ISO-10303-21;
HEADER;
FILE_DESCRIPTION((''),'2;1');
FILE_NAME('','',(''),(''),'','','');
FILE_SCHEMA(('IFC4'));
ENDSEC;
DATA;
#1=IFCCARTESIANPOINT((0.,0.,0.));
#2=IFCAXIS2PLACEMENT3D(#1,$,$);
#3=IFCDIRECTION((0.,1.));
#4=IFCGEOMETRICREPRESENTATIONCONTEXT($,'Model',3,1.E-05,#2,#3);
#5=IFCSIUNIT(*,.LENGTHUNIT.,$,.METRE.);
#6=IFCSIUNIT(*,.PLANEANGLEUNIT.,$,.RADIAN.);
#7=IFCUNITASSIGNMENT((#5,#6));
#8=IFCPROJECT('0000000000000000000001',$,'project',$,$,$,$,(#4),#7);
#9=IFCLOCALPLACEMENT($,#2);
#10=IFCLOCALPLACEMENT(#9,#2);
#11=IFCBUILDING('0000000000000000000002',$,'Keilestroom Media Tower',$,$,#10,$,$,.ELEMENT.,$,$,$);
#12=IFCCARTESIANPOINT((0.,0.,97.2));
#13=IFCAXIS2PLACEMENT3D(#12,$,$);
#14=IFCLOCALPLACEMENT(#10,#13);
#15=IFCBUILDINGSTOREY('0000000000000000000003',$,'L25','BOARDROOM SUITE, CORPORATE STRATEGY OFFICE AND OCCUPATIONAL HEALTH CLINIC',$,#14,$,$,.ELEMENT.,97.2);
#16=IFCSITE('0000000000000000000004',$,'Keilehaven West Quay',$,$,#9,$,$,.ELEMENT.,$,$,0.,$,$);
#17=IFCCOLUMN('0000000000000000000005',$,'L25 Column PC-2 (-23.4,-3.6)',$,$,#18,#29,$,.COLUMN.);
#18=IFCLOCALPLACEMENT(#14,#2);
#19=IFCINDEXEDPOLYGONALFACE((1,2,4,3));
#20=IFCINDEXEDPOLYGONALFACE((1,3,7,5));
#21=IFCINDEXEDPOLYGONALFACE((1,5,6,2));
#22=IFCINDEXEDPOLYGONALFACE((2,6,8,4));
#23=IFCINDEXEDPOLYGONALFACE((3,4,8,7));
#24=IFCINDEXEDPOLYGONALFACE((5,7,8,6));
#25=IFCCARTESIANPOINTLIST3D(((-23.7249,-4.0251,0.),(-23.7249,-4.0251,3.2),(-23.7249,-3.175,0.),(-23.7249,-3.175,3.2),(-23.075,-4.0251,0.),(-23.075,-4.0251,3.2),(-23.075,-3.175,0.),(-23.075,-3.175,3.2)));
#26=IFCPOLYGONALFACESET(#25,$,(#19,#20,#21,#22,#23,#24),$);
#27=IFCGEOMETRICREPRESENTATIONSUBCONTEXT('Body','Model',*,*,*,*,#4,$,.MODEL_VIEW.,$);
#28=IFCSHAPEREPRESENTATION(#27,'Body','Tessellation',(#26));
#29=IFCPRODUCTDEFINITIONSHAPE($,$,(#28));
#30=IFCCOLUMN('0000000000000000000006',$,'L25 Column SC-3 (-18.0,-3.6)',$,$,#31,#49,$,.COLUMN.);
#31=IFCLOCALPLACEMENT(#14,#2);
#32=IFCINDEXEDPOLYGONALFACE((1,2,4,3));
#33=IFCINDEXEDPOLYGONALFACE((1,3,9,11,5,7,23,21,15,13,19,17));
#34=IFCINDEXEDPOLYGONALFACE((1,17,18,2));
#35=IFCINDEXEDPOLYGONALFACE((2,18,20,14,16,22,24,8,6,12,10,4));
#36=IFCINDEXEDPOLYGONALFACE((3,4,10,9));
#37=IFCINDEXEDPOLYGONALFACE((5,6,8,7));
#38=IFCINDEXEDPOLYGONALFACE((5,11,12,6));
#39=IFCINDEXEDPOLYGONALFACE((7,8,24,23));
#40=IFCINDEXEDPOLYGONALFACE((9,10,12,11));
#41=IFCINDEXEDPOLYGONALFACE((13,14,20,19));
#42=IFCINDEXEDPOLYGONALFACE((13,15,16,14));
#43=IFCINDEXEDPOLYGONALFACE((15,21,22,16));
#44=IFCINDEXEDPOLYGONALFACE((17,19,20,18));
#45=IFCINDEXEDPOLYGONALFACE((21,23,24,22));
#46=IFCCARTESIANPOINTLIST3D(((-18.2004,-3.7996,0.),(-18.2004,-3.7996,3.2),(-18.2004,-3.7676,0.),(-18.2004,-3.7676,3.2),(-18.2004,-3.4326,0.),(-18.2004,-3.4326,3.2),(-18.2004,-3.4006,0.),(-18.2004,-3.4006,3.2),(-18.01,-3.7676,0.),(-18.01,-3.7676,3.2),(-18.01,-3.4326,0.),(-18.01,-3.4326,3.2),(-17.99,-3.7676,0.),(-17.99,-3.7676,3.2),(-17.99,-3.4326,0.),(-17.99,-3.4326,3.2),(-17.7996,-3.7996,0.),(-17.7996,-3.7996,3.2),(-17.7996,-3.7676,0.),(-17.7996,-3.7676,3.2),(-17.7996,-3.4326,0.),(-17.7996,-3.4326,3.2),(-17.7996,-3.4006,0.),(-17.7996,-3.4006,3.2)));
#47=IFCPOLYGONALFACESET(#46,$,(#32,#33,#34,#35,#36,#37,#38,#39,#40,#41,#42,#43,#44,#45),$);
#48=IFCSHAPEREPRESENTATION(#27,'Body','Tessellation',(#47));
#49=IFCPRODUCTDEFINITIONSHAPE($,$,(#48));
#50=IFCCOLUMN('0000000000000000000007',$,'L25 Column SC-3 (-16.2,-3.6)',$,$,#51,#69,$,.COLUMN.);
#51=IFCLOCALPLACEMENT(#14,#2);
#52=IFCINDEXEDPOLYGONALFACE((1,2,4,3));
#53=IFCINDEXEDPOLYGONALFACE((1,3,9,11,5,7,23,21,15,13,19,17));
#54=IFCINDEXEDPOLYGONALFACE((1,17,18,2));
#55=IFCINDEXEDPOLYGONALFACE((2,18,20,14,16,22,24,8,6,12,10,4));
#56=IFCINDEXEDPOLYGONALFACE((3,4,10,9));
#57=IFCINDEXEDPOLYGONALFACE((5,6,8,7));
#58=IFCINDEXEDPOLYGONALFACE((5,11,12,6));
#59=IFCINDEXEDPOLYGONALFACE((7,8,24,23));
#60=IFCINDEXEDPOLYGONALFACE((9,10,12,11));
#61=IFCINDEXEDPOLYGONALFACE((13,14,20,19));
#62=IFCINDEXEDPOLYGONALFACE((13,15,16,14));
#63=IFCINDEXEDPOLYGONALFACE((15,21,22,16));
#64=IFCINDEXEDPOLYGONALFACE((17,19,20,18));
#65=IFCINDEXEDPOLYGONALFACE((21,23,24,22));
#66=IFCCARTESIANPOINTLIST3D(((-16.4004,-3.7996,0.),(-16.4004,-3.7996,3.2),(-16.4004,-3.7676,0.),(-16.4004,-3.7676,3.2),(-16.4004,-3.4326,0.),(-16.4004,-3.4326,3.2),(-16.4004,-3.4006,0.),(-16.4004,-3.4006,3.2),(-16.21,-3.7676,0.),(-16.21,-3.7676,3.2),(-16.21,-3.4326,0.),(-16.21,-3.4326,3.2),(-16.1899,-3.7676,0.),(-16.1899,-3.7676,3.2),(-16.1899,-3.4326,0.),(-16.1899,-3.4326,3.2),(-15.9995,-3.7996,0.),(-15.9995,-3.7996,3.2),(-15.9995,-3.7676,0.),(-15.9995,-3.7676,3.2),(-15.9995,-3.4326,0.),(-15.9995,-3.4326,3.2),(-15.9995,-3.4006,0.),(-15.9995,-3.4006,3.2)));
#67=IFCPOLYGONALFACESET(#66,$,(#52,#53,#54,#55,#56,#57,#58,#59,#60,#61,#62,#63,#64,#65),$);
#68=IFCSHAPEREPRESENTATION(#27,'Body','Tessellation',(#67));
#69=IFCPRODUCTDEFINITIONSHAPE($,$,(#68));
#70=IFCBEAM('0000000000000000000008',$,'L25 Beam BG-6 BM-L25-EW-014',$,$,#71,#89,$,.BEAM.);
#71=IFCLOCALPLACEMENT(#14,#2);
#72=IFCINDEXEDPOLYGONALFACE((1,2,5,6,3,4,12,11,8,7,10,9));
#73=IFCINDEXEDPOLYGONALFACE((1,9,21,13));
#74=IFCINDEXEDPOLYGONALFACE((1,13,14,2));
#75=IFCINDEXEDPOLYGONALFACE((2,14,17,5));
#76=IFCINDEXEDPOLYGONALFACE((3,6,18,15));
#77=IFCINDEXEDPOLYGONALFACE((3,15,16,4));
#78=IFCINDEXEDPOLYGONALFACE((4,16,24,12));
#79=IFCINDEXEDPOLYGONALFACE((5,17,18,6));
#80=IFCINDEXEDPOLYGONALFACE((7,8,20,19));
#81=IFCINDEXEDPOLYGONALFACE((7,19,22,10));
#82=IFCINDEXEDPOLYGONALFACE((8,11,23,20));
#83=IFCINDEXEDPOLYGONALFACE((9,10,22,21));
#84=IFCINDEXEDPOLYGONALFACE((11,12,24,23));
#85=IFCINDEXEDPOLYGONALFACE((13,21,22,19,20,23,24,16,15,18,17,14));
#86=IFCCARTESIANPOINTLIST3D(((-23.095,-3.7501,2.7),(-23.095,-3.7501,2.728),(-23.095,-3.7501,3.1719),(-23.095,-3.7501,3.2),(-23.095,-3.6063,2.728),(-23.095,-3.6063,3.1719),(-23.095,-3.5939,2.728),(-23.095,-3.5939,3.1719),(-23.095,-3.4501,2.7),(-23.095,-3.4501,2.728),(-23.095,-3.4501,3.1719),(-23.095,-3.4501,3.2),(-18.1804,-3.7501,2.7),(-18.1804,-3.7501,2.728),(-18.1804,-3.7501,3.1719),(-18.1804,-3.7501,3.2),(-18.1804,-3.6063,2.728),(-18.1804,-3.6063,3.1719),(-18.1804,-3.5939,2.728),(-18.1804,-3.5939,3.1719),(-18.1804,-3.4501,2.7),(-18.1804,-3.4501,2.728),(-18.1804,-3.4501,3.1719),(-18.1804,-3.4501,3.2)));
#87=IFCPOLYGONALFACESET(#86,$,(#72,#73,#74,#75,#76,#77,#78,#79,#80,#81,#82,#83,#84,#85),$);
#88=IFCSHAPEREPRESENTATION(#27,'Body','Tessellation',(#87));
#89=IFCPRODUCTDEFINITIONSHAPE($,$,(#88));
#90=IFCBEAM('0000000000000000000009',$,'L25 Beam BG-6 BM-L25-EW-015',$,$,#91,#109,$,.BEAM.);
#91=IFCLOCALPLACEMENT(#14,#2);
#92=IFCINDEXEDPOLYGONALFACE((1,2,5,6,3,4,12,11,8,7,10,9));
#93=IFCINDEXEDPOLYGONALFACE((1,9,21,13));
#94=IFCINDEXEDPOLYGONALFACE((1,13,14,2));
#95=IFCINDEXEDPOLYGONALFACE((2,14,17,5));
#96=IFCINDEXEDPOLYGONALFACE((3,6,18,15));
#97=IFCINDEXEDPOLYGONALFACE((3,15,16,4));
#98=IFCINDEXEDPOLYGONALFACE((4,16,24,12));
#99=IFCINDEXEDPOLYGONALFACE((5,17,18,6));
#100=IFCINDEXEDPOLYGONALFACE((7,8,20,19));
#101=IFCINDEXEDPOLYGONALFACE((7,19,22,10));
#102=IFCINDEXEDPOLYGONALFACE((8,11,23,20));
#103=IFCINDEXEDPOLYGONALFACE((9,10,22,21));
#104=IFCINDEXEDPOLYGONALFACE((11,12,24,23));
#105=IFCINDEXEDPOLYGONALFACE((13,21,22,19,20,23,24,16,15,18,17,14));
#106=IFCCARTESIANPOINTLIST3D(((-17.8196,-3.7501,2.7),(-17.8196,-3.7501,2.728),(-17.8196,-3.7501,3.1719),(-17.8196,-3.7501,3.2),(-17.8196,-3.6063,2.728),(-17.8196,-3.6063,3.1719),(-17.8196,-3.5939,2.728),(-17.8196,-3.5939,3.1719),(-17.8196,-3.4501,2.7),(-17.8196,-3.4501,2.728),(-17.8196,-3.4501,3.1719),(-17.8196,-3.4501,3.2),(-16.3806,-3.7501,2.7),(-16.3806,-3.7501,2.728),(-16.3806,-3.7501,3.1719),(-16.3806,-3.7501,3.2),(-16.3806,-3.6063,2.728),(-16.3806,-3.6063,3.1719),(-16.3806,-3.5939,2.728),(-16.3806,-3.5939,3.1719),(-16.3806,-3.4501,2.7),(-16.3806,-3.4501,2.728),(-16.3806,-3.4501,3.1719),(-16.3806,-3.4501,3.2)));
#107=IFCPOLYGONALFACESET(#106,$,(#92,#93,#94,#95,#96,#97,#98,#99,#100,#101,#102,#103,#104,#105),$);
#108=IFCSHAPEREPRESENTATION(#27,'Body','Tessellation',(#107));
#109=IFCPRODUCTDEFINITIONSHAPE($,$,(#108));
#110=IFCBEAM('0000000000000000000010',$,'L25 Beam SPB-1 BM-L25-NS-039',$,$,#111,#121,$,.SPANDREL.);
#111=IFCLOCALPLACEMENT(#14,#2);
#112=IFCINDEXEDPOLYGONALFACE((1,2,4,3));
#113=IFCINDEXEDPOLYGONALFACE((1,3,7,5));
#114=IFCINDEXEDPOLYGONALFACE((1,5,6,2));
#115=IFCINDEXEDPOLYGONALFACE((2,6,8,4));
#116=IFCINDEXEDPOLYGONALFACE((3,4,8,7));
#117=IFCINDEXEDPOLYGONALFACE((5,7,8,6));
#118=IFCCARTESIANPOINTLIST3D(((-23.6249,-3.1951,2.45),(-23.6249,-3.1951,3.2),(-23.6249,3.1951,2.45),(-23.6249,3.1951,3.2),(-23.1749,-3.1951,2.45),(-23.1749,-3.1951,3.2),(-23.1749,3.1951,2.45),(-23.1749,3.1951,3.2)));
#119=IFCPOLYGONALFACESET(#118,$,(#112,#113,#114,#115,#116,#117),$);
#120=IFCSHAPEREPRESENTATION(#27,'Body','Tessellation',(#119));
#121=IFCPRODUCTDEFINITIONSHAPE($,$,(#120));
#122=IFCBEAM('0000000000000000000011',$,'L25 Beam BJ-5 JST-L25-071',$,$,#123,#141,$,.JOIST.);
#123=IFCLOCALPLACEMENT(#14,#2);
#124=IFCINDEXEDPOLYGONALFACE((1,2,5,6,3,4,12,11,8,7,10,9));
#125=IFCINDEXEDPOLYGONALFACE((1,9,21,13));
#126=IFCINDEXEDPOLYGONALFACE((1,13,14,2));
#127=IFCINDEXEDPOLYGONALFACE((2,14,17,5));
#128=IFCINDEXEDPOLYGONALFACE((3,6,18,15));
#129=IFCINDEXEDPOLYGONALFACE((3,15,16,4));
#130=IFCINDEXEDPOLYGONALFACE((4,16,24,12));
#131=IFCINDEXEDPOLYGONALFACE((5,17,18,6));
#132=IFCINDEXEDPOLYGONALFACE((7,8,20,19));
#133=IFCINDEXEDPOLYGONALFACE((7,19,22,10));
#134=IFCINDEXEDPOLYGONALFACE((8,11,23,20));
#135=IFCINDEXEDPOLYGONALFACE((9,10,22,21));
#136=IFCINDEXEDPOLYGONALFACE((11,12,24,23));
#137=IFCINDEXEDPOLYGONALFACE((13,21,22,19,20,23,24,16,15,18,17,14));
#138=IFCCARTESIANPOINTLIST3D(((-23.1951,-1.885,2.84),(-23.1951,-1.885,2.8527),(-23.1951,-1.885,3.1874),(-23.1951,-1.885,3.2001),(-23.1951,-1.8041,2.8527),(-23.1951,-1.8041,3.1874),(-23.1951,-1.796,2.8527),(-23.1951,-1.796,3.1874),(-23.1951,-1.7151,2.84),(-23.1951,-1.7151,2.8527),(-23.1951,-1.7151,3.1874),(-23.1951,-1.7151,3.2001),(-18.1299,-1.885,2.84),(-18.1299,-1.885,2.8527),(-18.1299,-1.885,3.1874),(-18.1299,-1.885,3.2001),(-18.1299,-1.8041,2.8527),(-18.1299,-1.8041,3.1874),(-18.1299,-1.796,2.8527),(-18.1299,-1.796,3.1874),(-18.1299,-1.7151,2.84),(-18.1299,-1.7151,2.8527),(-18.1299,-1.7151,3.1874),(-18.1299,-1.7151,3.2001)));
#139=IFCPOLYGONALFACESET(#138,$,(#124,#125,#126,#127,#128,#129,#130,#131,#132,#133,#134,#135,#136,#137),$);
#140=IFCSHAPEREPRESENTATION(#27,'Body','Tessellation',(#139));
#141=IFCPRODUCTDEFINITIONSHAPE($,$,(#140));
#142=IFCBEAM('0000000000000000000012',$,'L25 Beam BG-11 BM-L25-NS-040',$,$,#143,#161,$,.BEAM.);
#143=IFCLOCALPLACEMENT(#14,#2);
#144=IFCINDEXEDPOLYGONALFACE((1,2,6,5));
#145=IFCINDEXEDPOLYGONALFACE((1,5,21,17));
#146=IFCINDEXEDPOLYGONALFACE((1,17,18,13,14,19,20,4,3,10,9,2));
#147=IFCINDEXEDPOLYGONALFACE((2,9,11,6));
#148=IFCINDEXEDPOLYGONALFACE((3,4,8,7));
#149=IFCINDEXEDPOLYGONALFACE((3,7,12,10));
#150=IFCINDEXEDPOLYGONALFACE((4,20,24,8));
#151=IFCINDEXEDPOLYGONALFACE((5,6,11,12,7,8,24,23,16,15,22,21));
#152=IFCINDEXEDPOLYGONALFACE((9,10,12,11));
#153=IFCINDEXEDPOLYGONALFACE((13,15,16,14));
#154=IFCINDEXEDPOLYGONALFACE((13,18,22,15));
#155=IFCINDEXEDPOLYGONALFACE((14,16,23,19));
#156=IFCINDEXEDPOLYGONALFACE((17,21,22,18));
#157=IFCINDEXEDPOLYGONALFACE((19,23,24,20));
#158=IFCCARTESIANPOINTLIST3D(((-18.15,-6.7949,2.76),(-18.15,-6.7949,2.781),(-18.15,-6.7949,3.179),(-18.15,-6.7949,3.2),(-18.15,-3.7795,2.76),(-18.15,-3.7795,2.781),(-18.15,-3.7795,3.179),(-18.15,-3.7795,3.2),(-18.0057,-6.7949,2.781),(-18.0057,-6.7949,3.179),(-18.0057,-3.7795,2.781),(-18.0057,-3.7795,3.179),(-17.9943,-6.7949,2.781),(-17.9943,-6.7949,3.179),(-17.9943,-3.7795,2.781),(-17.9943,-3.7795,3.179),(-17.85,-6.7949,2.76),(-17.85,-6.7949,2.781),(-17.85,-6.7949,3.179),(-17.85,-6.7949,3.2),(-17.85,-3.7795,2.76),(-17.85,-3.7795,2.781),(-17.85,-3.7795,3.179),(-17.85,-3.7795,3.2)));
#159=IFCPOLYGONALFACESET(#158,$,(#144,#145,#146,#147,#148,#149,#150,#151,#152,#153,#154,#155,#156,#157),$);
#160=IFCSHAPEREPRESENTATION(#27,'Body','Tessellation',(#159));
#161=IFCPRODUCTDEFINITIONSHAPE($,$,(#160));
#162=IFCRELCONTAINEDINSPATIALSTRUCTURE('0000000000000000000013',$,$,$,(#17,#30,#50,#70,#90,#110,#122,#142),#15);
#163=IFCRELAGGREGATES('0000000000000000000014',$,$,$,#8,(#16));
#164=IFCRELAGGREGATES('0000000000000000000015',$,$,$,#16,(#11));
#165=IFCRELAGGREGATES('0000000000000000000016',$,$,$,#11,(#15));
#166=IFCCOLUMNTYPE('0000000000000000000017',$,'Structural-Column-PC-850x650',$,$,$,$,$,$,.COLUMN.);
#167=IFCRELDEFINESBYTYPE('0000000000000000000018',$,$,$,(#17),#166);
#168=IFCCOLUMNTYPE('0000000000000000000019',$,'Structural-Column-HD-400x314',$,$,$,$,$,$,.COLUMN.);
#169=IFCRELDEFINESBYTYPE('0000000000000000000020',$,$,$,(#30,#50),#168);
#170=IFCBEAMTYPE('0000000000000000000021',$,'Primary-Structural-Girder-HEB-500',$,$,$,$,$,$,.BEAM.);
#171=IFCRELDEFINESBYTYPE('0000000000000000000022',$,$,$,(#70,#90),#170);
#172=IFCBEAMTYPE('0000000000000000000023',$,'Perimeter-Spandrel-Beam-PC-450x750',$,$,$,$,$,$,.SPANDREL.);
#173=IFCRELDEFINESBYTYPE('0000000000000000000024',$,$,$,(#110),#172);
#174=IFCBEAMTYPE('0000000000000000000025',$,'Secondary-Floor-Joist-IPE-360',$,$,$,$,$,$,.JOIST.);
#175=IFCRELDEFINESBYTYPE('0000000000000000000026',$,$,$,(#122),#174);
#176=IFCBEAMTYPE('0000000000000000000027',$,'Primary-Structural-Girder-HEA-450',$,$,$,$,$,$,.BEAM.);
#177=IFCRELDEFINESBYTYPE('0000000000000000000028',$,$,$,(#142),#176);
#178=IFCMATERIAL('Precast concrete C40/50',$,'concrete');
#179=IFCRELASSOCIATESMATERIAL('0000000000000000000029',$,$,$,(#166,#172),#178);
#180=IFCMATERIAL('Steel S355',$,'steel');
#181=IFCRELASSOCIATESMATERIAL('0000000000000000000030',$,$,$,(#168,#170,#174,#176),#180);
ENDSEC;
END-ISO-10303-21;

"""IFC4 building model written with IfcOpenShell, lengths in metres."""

from ifc_helpers import new_model, si_unit, direction, frame, origin, origin_2d, place, context, subcontext, project, spatial, rectangle, i_section, extrude, source, transform, mapped, material, material_profile, profile_set, type_object, element, save


model = new_model("IFC4")

# Units and contexts
model_context = context("Model", 3, precision=1e-05, world=origin(), true_north=direction((0.0, 1.0)))
body_context = subcontext(model_context, "Body", "Model", "MODEL_VIEW")
ifc_project = project(units=[si_unit("LENGTHUNIT", "METRE"), si_unit("PLANEANGLEUNIT", "RADIAN")], contexts=[model_context])

# Site, building, storey
site_placement = place(None, origin())
site = spatial("IfcSite", under=ifc_project, at=site_placement, Name="Keilehaven West Quay", CompositionType="ELEMENT", RefElevation=0.0)
building_placement = place(site_placement, origin())
building = spatial("IfcBuilding", under=site, at=building_placement, Name="Keilestroom Media Tower", CompositionType="ELEMENT")
storey_placement = place(building_placement, frame((0.0, 0.0, 97.2)))
storey = spatial("IfcBuildingStorey", under=building, at=storey_placement, Name="L25", Description="BOARDROOM SUITE, CORPORATE STRATEGY OFFICE AND OCCUPATIONAL HEALTH CLINIC", CompositionType="ELEMENT", Elevation=97.2)

# Columns
ifc_material_1 = material(Name="Precast concrete C40/50", Category="concrete")
ifc_material_profile_1 = material_profile(ifc_material_1, rectangle(XDim=0.6499, YDim=0.8501, at=origin_2d()), Name="PC 850x650")
ifc_profile_set_1 = profile_set([ifc_material_profile_1], Name="Precast concrete C40/50")
column_type_1 = type_object("IfcColumnType", Name="Structural-Column-PC-850x650", PredefinedType="COLUMN", material=ifc_profile_set_1)
shared_shape_1 = source(origin(), body_context, "Body", "SweptSolid", [
    extrude(rectangle(XDim=0.6499, YDim=0.8501, at=origin_2d()), origin(), (0.0, 0.0, 1.0), 3.2),
])
column_placement = place(storey_placement, frame((-23.3999, -3.6001, 0.0), z_axis=(0.0, 0.0, 1.0), x_axis=(1.0, 0.0, 0.0)))
element("IfcColumn", 1, at=column_placement, inside=storey, type_object=column_type_1, Name="L25 Column PC-2 (-23.4,-3.6)", PredefinedType="COLUMN", context=body_context, shape_type="MappedRepresentation", body=[
    mapped(shared_shape_1, transform((0.0, 0.0, 0.0), x_axis=(1.0, 0.0, 0.0), y_axis=(0.0, 1.0, 0.0), z_axis=(0.0, 0.0, 1.0), scale=1.0)),
])
ifc_material_2 = material(Name="Steel S355", Category="steel")
ifc_material_profile_2 = material_profile(ifc_material_2, i_section(OverallWidth=0.4009, OverallDepth=0.3989, WebThickness=0.02, FlangeThickness=0.032, at=origin_2d()), Name="HD 400x314")
ifc_profile_set_2 = profile_set([ifc_material_profile_2], Name="Steel S355")
column_type_2 = type_object("IfcColumnType", Name="Structural-Column-HD-400x314", PredefinedType="COLUMN", material=ifc_profile_set_2)
shared_shape_2 = source(origin(), body_context, "Body", "SweptSolid", [
    extrude(i_section(OverallWidth=0.4009, OverallDepth=0.3989, WebThickness=0.02, FlangeThickness=0.032, at=origin_2d()), origin(), (0.0, 0.0, 1.0), 3.2),
])
for number, where, z_axis, x_axis, name in (
    (2, (-18.0, -3.6001, 0.0), (0.0, 0.0, 1.0), (1.0, 0.0, 0.0), "L25 Column SC-3 (-18.0,-3.6)"),
    (3, (-16.2, -3.6001, 0.0), (0.0, 0.0, 1.0), (1.0, 0.0, 0.0), "L25 Column SC-3 (-16.2,-3.6)"),
):
    element("IfcColumn", number, at=place(storey_placement, frame(where, z_axis=z_axis, x_axis=x_axis)), inside=storey, type_object=column_type_2, Name=name, PredefinedType="COLUMN", context=body_context, shape_type="MappedRepresentation", body=[
        mapped(shared_shape_2, transform((0.0, 0.0, 0.0), x_axis=(1.0, 0.0, 0.0), y_axis=(0.0, 1.0, 0.0), z_axis=(0.0, 0.0, 1.0), scale=1.0)),
    ])

# Beams
ifc_material_profile_3 = material_profile(ifc_material_2, i_section(OverallWidth=0.3, OverallDepth=0.5, WebThickness=0.0125, FlangeThickness=0.0281, at=origin_2d()), Name="HEB 500")
ifc_profile_set_3 = profile_set([ifc_material_profile_3], Name="Steel S355")
beam_type_1 = type_object("IfcBeamType", Name="Primary-Structural-Girder-HEB-500", PredefinedType="BEAM", material=ifc_profile_set_3)
shared_shape_3 = source(origin(), body_context, "Body", "SweptSolid", [
    extrude(i_section(OverallWidth=0.3, OverallDepth=0.5, WebThickness=0.0125, FlangeThickness=0.0281, at=origin_2d()), origin(), (0.0, 0.0, 1.0), 4.9146),
])
beam_1_placement = place(storey_placement, frame((-23.095, -3.6001, 2.95), z_axis=(1.0, 0.0, 0.0), x_axis=(0.0, 1.0, 0.0)))
element("IfcBeam", 4, at=beam_1_placement, inside=storey, type_object=beam_type_1, Name="L25 Beam BG-6 BM-L25-EW-014", PredefinedType="BEAM", context=body_context, shape_type="MappedRepresentation", body=[
    mapped(shared_shape_3, transform((0.0, 0.0, 0.0), x_axis=(1.0, 0.0, 0.0), y_axis=(0.0, 1.0, 0.0), z_axis=(0.0, 0.0, 1.0), scale=1.0)),
])
shared_shape_4 = source(origin(), body_context, "Body", "SweptSolid", [
    extrude(i_section(OverallWidth=0.3, OverallDepth=0.5, WebThickness=0.0125, FlangeThickness=0.0281, at=origin_2d()), origin(), (0.0, 0.0, 1.0), 1.439),
])
beam_2_placement = place(storey_placement, frame((-17.8196, -3.6001, 2.95), z_axis=(1.0, 0.0, 0.0), x_axis=(0.0, 1.0, 0.0)))
element("IfcBeam", 5, at=beam_2_placement, inside=storey, type_object=beam_type_1, Name="L25 Beam BG-6 BM-L25-EW-015", PredefinedType="BEAM", context=body_context, shape_type="MappedRepresentation", body=[
    mapped(shared_shape_4, transform((0.0, 0.0, 0.0), x_axis=(1.0, 0.0, 0.0), y_axis=(0.0, 1.0, 0.0), z_axis=(0.0, 0.0, 1.0), scale=1.0)),
])
ifc_material_profile_4 = material_profile(ifc_material_1, rectangle(XDim=0.45, YDim=0.75, at=origin_2d()), Name="PC 450x750")
ifc_profile_set_4 = profile_set([ifc_material_profile_4], Name="Precast concrete C40/50")
beam_type_2 = type_object("IfcBeamType", Name="Perimeter-Spandrel-Beam-PC-450x750", PredefinedType="SPANDREL", material=ifc_profile_set_4)
shared_shape_5 = source(origin(), body_context, "Body", "SweptSolid", [
    extrude(rectangle(XDim=0.45, YDim=0.75, at=origin_2d()), origin(), (0.0, 0.0, 1.0), 6.3901),
])
beam_3_placement = place(storey_placement, frame((-23.3999, -3.1951, 2.825), z_axis=(0.0, 1.0, 0.0), x_axis=(-1.0, 0.0, 0.0)))
element("IfcBeam", 6, at=beam_3_placement, inside=storey, type_object=beam_type_2, Name="L25 Beam SPB-1 BM-L25-NS-039", PredefinedType="SPANDREL", context=body_context, shape_type="MappedRepresentation", body=[
    mapped(shared_shape_5, transform((0.0, 0.0, 0.0), x_axis=(1.0, 0.0, 0.0), y_axis=(0.0, 1.0, 0.0), z_axis=(0.0, 0.0, 1.0), scale=1.0)),
])
ifc_material_profile_5 = material_profile(ifc_material_2, i_section(OverallWidth=0.1699, OverallDepth=0.3601, WebThickness=0.0081, FlangeThickness=0.0127, at=origin_2d()), Name="IPE 360")
ifc_profile_set_5 = profile_set([ifc_material_profile_5], Name="Steel S355")
beam_type_3 = type_object("IfcBeamType", Name="Secondary-Floor-Joist-IPE-360", PredefinedType="JOIST", material=ifc_profile_set_5)
shared_shape_6 = source(origin(), body_context, "Body", "SweptSolid", [
    extrude(i_section(OverallWidth=0.1699, OverallDepth=0.3601, WebThickness=0.0081, FlangeThickness=0.0127, at=origin_2d()), origin(), (0.0, 0.0, 1.0), 5.0652),
])
beam_4_placement = place(storey_placement, frame((-23.1951, -1.8, 3.02), z_axis=(1.0, 0.0, 0.0), x_axis=(0.0, 1.0, 0.0)))
element("IfcBeam", 7, at=beam_4_placement, inside=storey, type_object=beam_type_3, Name="L25 Beam BJ-5 JST-L25-071", PredefinedType="JOIST", context=body_context, shape_type="MappedRepresentation", body=[
    mapped(shared_shape_6, transform((0.0, 0.0, 0.0), x_axis=(1.0, 0.0, 0.0), y_axis=(0.0, 1.0, 0.0), z_axis=(0.0, 0.0, 1.0), scale=1.0)),
])
ifc_material_profile_6 = material_profile(ifc_material_2, i_section(OverallWidth=0.3, OverallDepth=0.4399, WebThickness=0.0115, FlangeThickness=0.021, at=origin_2d()), Name="HEA 450")
ifc_profile_set_6 = profile_set([ifc_material_profile_6], Name="Steel S355")
beam_type_4 = type_object("IfcBeamType", Name="Primary-Structural-Girder-HEA-450", PredefinedType="BEAM", material=ifc_profile_set_6)
shared_shape_7 = source(origin(), body_context, "Body", "SweptSolid", [
    extrude(i_section(OverallWidth=0.3, OverallDepth=0.4399, WebThickness=0.0115, FlangeThickness=0.021, at=origin_2d()), origin(), (0.0, 0.0, 1.0), 3.0154),
])
beam_5_placement = place(storey_placement, frame((-18.0, -6.7949, 2.98), z_axis=(0.0, 1.0, 0.0), x_axis=(-1.0, 0.0, 0.0)))
element("IfcBeam", 8, at=beam_5_placement, inside=storey, type_object=beam_type_4, Name="L25 Beam BG-11 BM-L25-NS-040", PredefinedType="BEAM", context=body_context, shape_type="MappedRepresentation", body=[
    mapped(shared_shape_7, transform((0.0, 0.0, 0.0), x_axis=(1.0, 0.0, 0.0), y_axis=(0.0, 1.0, 0.0), z_axis=(0.0, 0.0, 1.0), scale=1.0)),
])

save(model, "model.ifc")
